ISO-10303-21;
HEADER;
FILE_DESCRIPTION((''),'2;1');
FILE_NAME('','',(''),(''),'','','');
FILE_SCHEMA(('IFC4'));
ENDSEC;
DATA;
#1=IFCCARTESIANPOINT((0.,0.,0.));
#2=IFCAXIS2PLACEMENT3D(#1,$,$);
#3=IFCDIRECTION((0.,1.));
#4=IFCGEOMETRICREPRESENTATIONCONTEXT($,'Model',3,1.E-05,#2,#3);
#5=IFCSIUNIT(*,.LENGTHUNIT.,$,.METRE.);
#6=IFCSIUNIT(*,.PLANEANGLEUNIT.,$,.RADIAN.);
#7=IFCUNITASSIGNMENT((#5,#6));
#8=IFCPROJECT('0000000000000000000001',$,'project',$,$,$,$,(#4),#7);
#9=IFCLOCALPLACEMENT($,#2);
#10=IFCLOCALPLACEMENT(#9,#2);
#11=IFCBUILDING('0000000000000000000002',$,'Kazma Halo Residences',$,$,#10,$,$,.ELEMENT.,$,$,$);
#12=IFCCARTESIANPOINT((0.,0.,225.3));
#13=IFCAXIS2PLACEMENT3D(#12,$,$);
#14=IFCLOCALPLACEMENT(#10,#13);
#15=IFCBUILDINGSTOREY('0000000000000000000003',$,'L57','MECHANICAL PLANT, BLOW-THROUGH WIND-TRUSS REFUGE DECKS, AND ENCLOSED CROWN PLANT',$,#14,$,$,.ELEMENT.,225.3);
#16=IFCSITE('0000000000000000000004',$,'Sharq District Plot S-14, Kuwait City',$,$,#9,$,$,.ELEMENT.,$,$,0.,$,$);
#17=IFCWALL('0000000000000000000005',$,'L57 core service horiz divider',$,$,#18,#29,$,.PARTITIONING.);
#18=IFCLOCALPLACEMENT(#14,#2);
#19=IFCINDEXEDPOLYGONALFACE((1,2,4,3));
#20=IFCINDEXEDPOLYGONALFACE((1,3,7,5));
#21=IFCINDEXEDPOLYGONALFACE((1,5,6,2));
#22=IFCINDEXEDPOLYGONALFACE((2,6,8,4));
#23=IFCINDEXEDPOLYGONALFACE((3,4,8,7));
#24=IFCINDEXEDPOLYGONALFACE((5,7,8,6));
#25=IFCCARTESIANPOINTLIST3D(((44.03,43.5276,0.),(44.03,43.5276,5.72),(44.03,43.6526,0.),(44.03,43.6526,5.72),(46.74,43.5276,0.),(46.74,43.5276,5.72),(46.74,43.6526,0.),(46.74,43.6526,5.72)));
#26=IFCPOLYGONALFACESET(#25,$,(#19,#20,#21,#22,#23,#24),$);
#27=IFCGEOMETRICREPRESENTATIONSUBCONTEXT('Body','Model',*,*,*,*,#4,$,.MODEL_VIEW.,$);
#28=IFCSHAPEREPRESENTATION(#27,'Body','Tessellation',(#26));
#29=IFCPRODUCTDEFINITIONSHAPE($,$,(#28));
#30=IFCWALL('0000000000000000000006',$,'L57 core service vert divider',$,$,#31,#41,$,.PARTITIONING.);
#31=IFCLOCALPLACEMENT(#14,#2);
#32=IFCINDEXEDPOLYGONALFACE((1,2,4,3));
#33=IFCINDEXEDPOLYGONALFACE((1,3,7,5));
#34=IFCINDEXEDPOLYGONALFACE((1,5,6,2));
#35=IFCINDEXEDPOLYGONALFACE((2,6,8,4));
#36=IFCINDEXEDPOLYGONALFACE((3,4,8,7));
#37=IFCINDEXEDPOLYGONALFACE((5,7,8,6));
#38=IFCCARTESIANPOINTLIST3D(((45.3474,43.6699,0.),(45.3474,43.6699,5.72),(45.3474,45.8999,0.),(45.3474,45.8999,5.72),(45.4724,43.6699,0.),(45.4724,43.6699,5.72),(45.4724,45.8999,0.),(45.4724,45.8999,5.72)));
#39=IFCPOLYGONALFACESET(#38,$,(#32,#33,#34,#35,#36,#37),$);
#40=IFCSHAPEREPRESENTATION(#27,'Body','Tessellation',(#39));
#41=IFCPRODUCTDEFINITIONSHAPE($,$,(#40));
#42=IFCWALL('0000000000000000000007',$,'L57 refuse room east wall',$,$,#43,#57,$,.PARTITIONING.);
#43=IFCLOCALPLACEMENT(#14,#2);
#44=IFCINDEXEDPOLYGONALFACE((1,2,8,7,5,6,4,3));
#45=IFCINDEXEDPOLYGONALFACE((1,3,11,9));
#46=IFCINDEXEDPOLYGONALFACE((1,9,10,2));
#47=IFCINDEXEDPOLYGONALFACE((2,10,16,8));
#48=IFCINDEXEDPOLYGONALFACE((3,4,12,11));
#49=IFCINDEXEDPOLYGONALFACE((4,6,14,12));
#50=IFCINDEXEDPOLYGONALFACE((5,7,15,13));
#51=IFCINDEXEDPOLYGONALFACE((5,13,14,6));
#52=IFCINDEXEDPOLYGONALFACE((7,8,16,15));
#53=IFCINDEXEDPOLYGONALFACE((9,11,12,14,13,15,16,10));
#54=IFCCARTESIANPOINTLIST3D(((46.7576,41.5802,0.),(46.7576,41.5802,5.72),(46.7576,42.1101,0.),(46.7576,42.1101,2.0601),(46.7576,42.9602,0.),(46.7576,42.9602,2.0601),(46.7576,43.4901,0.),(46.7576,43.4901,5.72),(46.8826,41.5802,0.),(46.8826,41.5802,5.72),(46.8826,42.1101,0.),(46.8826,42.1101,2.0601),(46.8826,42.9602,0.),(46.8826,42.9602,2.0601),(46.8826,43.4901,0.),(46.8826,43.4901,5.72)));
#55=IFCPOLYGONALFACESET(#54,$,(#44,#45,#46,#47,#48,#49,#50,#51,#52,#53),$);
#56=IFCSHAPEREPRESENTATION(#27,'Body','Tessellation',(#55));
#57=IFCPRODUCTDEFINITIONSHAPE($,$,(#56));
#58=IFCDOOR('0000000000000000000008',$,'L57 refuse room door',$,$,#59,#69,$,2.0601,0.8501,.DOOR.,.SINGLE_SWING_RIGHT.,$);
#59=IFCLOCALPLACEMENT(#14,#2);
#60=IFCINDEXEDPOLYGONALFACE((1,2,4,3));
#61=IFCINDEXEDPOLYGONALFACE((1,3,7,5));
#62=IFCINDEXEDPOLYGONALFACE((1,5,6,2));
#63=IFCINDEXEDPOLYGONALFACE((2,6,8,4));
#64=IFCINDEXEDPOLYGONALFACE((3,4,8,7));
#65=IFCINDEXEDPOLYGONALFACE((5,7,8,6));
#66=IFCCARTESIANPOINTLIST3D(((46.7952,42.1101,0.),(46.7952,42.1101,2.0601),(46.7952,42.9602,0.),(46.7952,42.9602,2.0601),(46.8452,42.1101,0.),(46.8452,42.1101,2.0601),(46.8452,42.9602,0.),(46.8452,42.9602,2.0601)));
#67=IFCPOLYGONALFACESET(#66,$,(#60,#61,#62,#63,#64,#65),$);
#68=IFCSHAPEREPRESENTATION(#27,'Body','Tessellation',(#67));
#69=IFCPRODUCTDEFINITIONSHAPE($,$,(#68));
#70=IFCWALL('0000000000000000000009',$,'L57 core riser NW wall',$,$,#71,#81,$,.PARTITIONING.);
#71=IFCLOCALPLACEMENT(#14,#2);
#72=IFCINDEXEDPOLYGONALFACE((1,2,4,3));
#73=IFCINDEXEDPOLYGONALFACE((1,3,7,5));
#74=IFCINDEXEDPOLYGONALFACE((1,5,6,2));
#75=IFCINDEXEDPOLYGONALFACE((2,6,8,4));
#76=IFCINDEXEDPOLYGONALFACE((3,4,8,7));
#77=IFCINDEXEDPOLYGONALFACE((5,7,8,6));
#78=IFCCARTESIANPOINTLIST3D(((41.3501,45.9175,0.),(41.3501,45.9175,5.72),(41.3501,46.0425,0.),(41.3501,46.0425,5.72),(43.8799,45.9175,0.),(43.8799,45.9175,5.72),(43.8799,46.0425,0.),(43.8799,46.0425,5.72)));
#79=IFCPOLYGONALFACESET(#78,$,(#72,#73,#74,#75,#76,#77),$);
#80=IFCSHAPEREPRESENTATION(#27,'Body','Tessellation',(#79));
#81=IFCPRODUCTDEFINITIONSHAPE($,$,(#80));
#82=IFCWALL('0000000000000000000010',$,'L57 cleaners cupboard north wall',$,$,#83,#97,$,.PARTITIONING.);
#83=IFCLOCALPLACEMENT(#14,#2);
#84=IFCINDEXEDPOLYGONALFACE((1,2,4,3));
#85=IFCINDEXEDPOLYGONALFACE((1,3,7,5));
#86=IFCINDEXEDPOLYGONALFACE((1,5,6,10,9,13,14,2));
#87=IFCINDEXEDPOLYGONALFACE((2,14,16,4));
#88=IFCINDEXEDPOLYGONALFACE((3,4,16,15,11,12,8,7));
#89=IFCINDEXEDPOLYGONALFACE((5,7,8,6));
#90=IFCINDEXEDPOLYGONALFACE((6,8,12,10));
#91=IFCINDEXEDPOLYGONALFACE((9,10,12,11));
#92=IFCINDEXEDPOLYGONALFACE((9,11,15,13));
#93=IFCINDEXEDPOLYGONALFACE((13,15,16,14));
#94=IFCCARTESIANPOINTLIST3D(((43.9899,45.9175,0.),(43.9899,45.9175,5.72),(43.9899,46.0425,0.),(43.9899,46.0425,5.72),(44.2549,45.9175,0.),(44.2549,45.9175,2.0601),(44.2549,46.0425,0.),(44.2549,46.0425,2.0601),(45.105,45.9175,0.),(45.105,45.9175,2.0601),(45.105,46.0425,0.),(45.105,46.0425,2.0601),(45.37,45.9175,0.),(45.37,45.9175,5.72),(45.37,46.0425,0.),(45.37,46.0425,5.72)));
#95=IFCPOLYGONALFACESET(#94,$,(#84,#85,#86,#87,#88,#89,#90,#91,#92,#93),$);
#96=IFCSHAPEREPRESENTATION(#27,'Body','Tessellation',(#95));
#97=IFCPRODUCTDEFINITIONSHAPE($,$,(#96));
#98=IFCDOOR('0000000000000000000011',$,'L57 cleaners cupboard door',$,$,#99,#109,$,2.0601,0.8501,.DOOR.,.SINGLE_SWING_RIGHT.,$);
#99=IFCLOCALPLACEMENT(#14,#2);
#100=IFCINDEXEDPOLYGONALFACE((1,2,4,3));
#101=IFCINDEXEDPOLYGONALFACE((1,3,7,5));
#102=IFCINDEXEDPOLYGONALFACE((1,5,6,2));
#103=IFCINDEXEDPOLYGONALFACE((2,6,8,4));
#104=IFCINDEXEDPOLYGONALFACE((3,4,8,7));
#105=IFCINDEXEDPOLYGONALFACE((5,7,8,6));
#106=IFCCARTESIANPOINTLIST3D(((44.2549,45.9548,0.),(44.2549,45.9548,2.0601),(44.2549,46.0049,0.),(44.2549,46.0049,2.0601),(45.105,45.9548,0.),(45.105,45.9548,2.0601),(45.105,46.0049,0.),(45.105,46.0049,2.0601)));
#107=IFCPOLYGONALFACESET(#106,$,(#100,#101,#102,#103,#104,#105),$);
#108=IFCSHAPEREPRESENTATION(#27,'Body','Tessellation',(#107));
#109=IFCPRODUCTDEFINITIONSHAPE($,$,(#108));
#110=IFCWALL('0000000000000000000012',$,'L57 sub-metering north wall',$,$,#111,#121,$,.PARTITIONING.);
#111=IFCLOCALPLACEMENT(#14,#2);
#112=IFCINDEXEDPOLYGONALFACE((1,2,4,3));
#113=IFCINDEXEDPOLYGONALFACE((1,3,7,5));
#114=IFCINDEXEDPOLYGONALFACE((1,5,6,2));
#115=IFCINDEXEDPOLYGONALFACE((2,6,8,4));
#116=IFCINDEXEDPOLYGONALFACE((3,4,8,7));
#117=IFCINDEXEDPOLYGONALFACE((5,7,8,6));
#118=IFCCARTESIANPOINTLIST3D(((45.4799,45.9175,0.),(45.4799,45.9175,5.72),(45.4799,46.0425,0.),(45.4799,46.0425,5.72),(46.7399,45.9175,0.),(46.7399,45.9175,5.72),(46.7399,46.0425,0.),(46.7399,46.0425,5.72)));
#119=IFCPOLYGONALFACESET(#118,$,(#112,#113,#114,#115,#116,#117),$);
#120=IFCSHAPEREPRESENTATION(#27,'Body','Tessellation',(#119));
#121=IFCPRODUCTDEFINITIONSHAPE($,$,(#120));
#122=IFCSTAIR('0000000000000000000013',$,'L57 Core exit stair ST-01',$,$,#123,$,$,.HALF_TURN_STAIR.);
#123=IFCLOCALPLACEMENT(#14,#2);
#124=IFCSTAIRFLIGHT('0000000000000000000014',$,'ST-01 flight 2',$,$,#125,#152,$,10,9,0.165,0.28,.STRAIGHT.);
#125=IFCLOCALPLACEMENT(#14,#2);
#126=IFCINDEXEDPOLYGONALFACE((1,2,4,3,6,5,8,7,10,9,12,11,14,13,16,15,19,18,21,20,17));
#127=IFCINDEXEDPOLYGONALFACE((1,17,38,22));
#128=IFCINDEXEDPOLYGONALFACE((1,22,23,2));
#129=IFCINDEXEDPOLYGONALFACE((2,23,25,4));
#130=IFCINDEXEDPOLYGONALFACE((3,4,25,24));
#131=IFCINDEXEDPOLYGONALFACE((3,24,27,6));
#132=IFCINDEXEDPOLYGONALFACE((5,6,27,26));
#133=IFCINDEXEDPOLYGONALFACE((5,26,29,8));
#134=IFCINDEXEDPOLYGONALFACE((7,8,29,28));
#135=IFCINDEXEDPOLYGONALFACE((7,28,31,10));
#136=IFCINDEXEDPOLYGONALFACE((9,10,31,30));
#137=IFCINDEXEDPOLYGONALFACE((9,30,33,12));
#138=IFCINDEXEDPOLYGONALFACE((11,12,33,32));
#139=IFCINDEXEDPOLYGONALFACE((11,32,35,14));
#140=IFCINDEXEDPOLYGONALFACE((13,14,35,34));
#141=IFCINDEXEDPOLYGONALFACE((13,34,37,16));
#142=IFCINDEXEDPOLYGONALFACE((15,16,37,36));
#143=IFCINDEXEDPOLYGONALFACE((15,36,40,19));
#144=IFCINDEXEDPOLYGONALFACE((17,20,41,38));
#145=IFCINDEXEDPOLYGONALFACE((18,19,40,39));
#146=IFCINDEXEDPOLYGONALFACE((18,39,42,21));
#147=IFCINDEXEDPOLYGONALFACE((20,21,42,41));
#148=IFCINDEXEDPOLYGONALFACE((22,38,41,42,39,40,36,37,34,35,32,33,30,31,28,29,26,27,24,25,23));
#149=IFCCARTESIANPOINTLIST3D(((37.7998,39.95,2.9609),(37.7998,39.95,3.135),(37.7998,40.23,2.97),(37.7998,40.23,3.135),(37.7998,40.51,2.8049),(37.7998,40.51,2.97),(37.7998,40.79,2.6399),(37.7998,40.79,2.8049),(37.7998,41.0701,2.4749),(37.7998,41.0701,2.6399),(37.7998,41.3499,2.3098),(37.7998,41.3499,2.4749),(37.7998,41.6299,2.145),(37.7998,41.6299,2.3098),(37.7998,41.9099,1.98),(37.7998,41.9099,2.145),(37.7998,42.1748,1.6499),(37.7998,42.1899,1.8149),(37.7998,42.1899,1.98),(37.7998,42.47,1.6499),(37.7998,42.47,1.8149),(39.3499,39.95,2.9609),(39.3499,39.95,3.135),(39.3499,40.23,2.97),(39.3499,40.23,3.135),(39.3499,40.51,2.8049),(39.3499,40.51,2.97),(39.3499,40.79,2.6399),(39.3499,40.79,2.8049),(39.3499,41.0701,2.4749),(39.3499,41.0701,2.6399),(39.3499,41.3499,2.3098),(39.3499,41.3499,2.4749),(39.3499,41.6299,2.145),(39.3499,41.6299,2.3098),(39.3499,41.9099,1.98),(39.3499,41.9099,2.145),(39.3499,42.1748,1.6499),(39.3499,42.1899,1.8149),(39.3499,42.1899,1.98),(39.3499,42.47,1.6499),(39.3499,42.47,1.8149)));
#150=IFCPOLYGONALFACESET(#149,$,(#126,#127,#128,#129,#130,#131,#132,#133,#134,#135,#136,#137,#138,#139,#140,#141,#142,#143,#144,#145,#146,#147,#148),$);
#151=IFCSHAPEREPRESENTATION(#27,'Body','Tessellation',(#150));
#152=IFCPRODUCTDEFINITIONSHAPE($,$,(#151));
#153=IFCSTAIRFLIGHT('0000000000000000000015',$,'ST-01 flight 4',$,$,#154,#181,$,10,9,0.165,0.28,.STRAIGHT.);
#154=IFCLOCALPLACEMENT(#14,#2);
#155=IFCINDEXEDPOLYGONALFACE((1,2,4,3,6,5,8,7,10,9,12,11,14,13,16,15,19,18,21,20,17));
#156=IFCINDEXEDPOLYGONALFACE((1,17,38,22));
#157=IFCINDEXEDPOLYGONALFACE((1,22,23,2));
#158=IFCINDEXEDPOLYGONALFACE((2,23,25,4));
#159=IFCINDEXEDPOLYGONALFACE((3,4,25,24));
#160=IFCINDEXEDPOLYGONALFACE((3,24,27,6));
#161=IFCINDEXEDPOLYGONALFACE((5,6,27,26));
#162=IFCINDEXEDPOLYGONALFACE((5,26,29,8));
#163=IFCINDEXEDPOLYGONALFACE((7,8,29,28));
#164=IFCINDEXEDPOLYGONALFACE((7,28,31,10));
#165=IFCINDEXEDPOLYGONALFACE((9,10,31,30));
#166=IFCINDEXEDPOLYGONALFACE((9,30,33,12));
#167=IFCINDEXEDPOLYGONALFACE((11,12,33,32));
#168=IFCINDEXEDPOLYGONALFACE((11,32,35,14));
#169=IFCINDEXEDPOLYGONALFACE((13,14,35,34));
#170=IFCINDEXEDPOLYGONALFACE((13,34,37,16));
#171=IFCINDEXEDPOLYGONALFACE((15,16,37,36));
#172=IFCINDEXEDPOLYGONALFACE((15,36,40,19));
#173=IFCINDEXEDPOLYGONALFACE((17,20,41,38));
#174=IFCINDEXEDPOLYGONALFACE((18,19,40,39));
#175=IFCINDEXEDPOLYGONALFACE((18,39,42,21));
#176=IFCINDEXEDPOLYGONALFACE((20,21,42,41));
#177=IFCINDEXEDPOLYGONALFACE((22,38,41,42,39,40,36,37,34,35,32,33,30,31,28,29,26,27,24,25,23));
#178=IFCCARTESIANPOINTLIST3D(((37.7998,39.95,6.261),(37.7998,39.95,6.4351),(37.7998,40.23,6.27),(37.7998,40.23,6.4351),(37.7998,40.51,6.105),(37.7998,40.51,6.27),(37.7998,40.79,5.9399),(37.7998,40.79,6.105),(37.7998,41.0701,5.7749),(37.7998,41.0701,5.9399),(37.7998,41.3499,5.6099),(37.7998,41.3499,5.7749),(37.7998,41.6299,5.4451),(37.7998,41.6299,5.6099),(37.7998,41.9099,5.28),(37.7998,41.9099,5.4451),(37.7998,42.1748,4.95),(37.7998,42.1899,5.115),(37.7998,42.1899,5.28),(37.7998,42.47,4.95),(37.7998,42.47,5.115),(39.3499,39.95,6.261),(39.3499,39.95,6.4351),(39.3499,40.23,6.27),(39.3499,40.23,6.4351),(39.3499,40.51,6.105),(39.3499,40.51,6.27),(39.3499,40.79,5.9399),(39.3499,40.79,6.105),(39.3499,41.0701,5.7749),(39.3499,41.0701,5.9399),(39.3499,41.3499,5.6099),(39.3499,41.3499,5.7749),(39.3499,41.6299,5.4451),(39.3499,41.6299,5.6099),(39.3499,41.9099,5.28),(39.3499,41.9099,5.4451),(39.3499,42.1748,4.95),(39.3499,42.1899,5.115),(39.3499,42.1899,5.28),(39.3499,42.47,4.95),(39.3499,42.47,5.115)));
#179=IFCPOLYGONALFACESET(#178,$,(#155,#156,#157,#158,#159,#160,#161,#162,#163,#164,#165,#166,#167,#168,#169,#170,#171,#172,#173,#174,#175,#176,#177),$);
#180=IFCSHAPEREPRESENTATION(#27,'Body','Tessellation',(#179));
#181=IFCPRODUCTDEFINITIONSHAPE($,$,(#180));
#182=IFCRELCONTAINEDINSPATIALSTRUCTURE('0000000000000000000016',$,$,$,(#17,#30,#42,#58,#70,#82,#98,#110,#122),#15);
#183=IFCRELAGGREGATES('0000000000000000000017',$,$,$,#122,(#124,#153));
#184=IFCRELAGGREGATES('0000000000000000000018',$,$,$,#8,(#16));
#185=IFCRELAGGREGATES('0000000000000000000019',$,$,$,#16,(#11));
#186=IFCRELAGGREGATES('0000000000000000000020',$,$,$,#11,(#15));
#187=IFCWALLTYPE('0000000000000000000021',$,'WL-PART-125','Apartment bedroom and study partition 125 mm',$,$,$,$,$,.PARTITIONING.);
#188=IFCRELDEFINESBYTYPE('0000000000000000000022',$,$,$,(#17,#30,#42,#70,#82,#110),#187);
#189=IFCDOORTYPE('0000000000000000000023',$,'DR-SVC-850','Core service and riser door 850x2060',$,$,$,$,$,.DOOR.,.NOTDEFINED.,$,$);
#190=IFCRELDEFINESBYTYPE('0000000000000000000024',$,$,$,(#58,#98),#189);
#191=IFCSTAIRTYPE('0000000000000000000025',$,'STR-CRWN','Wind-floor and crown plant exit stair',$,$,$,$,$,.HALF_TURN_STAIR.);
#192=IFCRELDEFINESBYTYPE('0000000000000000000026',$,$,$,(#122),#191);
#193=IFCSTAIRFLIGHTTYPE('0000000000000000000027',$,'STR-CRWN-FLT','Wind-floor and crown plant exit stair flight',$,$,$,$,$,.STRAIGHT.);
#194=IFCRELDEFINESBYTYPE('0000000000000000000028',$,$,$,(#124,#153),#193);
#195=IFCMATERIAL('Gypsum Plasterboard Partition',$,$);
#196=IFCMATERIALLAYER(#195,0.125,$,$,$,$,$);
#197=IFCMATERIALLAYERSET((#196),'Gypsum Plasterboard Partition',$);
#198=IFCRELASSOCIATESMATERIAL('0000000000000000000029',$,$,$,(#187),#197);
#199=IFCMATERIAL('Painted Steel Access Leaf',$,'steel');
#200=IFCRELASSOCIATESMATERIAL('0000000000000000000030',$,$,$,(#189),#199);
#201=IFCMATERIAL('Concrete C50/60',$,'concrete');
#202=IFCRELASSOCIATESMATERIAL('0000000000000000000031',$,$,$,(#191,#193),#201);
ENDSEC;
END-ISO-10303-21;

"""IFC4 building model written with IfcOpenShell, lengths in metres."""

from ifc_helpers import new_model, si_unit, direction, frame, frame_2d, origin, place, context, subcontext, project, spatial, polyline, rectangle, outline, extrude, material, layer, layer_set, type_object, element, fill, aggregate, save


model = new_model("IFC4")

# Units and contexts
model_context = context("Model", 3, precision=1e-05, world=origin(), true_north=direction((0.0, 1.0)))
body_context = subcontext(model_context, "Body", "Model", "MODEL_VIEW")
ifc_project = project(units=[si_unit("LENGTHUNIT", "METRE"), si_unit("PLANEANGLEUNIT", "RADIAN")], contexts=[model_context])

# Site, building, storey
site_placement = place(None, origin())
site = spatial("IfcSite", under=ifc_project, at=site_placement, Name="Sharq District Plot S-14, Kuwait City", CompositionType="ELEMENT", RefElevation=0.0)
building_placement = place(site_placement, origin())
building = spatial("IfcBuilding", under=site, at=building_placement, Name="Kazma Halo Residences", CompositionType="ELEMENT")
storey_placement = place(building_placement, frame((0.0, 0.0, 225.3)))
storey = spatial("IfcBuildingStorey", under=building, at=storey_placement, Name="L57", Description="MECHANICAL PLANT, BLOW-THROUGH WIND-TRUSS REFUGE DECKS, AND ENCLOSED CROWN PLANT", CompositionType="ELEMENT", Elevation=225.3)

# Walls
ifc_material_1 = material(Name="Gypsum Plasterboard Partition")
ifc_layer_1 = layer(ifc_material_1, 0.125)
ifc_layer_set_1 = layer_set([ifc_layer_1], Name="Gypsum Plasterboard Partition")
wall_type_1 = type_object("IfcWallType", Name="WL-PART-125", Description="Apartment bedroom and study partition 125 mm", PredefinedType="PARTITIONING", material=ifc_layer_set_1)
wall_1_placement = place(storey_placement, frame((44.03, 43.5901, 0.0), z_axis=(0.0, 0.0, 1.0), x_axis=(1.0, 0.0, 0.0)))
element("IfcWall", 1, at=wall_1_placement, inside=storey, type_object=wall_type_1, Name="L57 core service horiz divider", PredefinedType="PARTITIONING", context=body_context, shape_type="SweptSolid", body=[
    extrude(rectangle(XDim=2.71, YDim=0.125, at=frame_2d((1.355, 0.0))), origin(), (0.0, 0.0, 1.0), 5.72),
])
wall_2_placement = place(storey_placement, frame((45.4099, 43.6699, 0.0), z_axis=(0.0, 0.0, 1.0), x_axis=(0.0, 1.0, 0.0)))
element("IfcWall", 2, at=wall_2_placement, inside=storey, type_object=wall_type_1, Name="L57 core service vert divider", PredefinedType="PARTITIONING", context=body_context, shape_type="SweptSolid", body=[
    extrude(rectangle(XDim=2.23, YDim=0.125, at=frame_2d((1.115, 0.0))), origin(), (0.0, 0.0, 1.0), 5.72),
])

# Wall, opening, door
wall_3_placement = place(storey_placement, frame((46.8201, 41.5801, 0.0), z_axis=(0.0, 0.0, 1.0), x_axis=(0.0, 1.0, 0.0)))
wall_3 = element("IfcWall", 3, at=wall_3_placement, inside=storey, type_object=wall_type_1, Name="L57 refuse room east wall", PredefinedType="PARTITIONING", context=body_context, shape_type="SweptSolid", body=[
    extrude(rectangle(XDim=1.9099, YDim=0.125, at=frame_2d((0.9551, 0.0))), origin(), (0.0, 0.0, 1.0), 5.72),
])
opening_1_placement = place(wall_3_placement, frame((0.53, 0.0, 0.0)))
opening_1 = element("IfcOpeningElement", 4, at=opening_1_placement, cuts=wall_3, PredefinedType="OPENING", context=body_context, shape_type="SweptSolid", body=[
    extrude(rectangle(XDim=0.8501, YDim=2.0601, at=frame_2d((0.425, 1.03))), frame((0.0, 0.0725, 0.0), z_axis=(0.0, -1.0, 0.0), x_axis=(1.0, 0.0, 0.0)), (0.0, 0.0, 1.0), 0.145),
])
ifc_material_2 = material(Name="Painted Steel Access Leaf", Category="steel")
door_type_1 = type_object("IfcDoorType", Name="DR-SVC-850", Description="Core service and riser door 850x2060", OperationType="NOTDEFINED", PredefinedType="DOOR", material=ifc_material_2)
door_1_placement = place(opening_1_placement, origin())
door_1 = element("IfcDoor", 5, at=door_1_placement, inside=storey, type_object=door_type_1, Name="L57 refuse room door", OperationType="SINGLE_SWING_RIGHT", OverallHeight=2.0601, OverallWidth=0.8501, PredefinedType="DOOR", context=body_context, shape_type="SweptSolid", body=[
    extrude(rectangle(XDim=0.8501, YDim=2.0601, at=frame_2d((0.425, 1.03))), frame((0.0, 0.0249, 0.0), z_axis=(0.0, -1.0, 0.0), x_axis=(1.0, 0.0, 0.0)), (0.0, 0.0, 1.0), 0.05),
])
fill(opening_1, door_1)

# Wall
wall_4_placement = place(storey_placement, frame((41.3501, 45.98, 0.0), z_axis=(0.0, 0.0, 1.0), x_axis=(1.0, 0.0, 0.0)))
element("IfcWall", 6, at=wall_4_placement, inside=storey, type_object=wall_type_1, Name="L57 core riser NW wall", PredefinedType="PARTITIONING", context=body_context, shape_type="SweptSolid", body=[
    extrude(rectangle(XDim=2.5298, YDim=0.125, at=frame_2d((1.2649, 0.0))), origin(), (0.0, 0.0, 1.0), 5.72),
])

# Wall, opening, door
wall_5_placement = place(storey_placement, frame((43.99, 45.98, 0.0), z_axis=(0.0, 0.0, 1.0), x_axis=(1.0, 0.0, 0.0)))
wall_5 = element("IfcWall", 7, at=wall_5_placement, inside=storey, type_object=wall_type_1, Name="L57 cleaners cupboard north wall", PredefinedType="PARTITIONING", context=body_context, shape_type="SweptSolid", body=[
    extrude(rectangle(XDim=1.3801, YDim=0.125, at=frame_2d((0.6899, 0.0))), origin(), (0.0, 0.0, 1.0), 5.72),
])
opening_2_placement = place(wall_5_placement, frame((0.2649, 0.0, 0.0)))
opening_2 = element("IfcOpeningElement", 8, at=opening_2_placement, cuts=wall_5, PredefinedType="OPENING", context=body_context, shape_type="SweptSolid", body=[
    extrude(rectangle(XDim=0.8501, YDim=2.0601, at=frame_2d((0.425, 1.03))), frame((0.0, 0.0725, 0.0), z_axis=(0.0, -1.0, 0.0), x_axis=(1.0, 0.0, 0.0)), (0.0, 0.0, 1.0), 0.145),
])
door_2_placement = place(opening_2_placement, origin())
door_2 = element("IfcDoor", 9, at=door_2_placement, inside=storey, type_object=door_type_1, Name="L57 cleaners cupboard door", OperationType="SINGLE_SWING_RIGHT", OverallHeight=2.0601, OverallWidth=0.8501, PredefinedType="DOOR", context=body_context, shape_type="SweptSolid", body=[
    extrude(rectangle(XDim=0.8501, YDim=2.0601, at=frame_2d((0.425, 1.03))), frame((0.0, 0.0249, 0.0), z_axis=(0.0, -1.0, 0.0), x_axis=(1.0, 0.0, 0.0)), (0.0, 0.0, 1.0), 0.05),
])
fill(opening_2, door_2)

# Wall
wall_6_placement = place(storey_placement, frame((45.48, 45.98, 0.0), z_axis=(0.0, 0.0, 1.0), x_axis=(1.0, 0.0, 0.0)))
element("IfcWall", 10, at=wall_6_placement, inside=storey, type_object=wall_type_1, Name="L57 sub-metering north wall", PredefinedType="PARTITIONING", context=body_context, shape_type="SweptSolid", body=[
    extrude(rectangle(XDim=1.26, YDim=0.125, at=frame_2d((0.6299, 0.0))), origin(), (0.0, 0.0, 1.0), 5.72),
])

# Stair, stair flights
ifc_material_3 = material(Name="Concrete C50/60", Category="concrete")
stair_type = type_object("IfcStairType", Name="STR-CRWN", Description="Wind-floor and crown plant exit stair", PredefinedType="HALF_TURN_STAIR", material=ifc_material_3)
stair_placement = place(storey_placement, origin())
stair = element("IfcStair", 11, at=stair_placement, inside=storey, type_object=stair_type, Name="L57 Core exit stair ST-01", PredefinedType="HALF_TURN_STAIR")
stair_flight_type = type_object("IfcStairFlightType", Name="STR-CRWN-FLT", Description="Wind-floor and crown plant exit stair flight", PredefinedType="STRAIGHT", material=ifc_material_3)
stair_flight_1_placement = place(storey_placement, frame((38.575, 42.47, 1.6499), z_axis=(0.0, 0.0, 1.0), x_axis=(0.0, -1.0, 0.0)))
stair_flight_1 = element("IfcStairFlight", 12, at=stair_flight_1_placement, type_object=stair_flight_type, Name="ST-01 flight 2", NumberOfRisers=10, NumberOfTreads=9, PredefinedType="STRAIGHT", RiserHeight=0.165, TreadLength=0.28, context=body_context, shape_type="SweptSolid", body=[
    extrude(outline(polyline([(0.0, 0.0), (0.0, 0.165), (0.28, 0.165), (0.28, 0.3301), (0.5601, 0.3301), (0.5601, 0.4951), (0.8401, 0.4951), (0.8401, 0.6599), (1.1201, 0.6599), (1.1201, 0.825), (1.3999, 0.825), (1.3999, 0.99), (1.6799, 0.99), (1.6799, 1.155), (1.96, 1.155), (1.96, 1.3201), (2.24, 1.3201), (2.24, 1.4851), (2.52, 1.4851), (2.52, 1.6499), (2.52, 1.311), (0.2952, 0.0), (0.0, 0.0)])), frame((0.0, 0.7749, 0.0), z_axis=(0.0, -1.0, 0.0), x_axis=(1.0, 0.0, 0.0)), (0.0, 0.0, 1.0), 1.55),
])
stair_flight_2_placement = place(storey_placement, frame((38.575, 42.47, 4.95), z_axis=(0.0, 0.0, 1.0), x_axis=(0.0, -1.0, 0.0)))
stair_flight_2 = element("IfcStairFlight", 13, at=stair_flight_2_placement, type_object=stair_flight_type, Name="ST-01 flight 4", NumberOfRisers=10, NumberOfTreads=9, PredefinedType="STRAIGHT", RiserHeight=0.165, TreadLength=0.28, context=body_context, shape_type="SweptSolid", body=[
    extrude(outline(polyline([(0.0, 0.0), (0.0, 0.165), (0.28, 0.165), (0.28, 0.3301), (0.5601, 0.3301), (0.5601, 0.4951), (0.8401, 0.4951), (0.8401, 0.6599), (1.1201, 0.6599), (1.1201, 0.825), (1.3999, 0.825), (1.3999, 0.99), (1.6799, 0.99), (1.6799, 1.155), (1.96, 1.155), (1.96, 1.3201), (2.24, 1.3201), (2.24, 1.4851), (2.52, 1.4851), (2.52, 1.6499), (2.52, 1.311), (0.2952, 0.0), (0.0, 0.0)])), frame((0.0, 0.7749, 0.0), z_axis=(0.0, -1.0, 0.0), x_axis=(1.0, 0.0, 0.0)), (0.0, 0.0, 1.0), 1.55),
])
aggregate(stair, [stair_flight_1, stair_flight_2])

save(model, "model.ifc")
